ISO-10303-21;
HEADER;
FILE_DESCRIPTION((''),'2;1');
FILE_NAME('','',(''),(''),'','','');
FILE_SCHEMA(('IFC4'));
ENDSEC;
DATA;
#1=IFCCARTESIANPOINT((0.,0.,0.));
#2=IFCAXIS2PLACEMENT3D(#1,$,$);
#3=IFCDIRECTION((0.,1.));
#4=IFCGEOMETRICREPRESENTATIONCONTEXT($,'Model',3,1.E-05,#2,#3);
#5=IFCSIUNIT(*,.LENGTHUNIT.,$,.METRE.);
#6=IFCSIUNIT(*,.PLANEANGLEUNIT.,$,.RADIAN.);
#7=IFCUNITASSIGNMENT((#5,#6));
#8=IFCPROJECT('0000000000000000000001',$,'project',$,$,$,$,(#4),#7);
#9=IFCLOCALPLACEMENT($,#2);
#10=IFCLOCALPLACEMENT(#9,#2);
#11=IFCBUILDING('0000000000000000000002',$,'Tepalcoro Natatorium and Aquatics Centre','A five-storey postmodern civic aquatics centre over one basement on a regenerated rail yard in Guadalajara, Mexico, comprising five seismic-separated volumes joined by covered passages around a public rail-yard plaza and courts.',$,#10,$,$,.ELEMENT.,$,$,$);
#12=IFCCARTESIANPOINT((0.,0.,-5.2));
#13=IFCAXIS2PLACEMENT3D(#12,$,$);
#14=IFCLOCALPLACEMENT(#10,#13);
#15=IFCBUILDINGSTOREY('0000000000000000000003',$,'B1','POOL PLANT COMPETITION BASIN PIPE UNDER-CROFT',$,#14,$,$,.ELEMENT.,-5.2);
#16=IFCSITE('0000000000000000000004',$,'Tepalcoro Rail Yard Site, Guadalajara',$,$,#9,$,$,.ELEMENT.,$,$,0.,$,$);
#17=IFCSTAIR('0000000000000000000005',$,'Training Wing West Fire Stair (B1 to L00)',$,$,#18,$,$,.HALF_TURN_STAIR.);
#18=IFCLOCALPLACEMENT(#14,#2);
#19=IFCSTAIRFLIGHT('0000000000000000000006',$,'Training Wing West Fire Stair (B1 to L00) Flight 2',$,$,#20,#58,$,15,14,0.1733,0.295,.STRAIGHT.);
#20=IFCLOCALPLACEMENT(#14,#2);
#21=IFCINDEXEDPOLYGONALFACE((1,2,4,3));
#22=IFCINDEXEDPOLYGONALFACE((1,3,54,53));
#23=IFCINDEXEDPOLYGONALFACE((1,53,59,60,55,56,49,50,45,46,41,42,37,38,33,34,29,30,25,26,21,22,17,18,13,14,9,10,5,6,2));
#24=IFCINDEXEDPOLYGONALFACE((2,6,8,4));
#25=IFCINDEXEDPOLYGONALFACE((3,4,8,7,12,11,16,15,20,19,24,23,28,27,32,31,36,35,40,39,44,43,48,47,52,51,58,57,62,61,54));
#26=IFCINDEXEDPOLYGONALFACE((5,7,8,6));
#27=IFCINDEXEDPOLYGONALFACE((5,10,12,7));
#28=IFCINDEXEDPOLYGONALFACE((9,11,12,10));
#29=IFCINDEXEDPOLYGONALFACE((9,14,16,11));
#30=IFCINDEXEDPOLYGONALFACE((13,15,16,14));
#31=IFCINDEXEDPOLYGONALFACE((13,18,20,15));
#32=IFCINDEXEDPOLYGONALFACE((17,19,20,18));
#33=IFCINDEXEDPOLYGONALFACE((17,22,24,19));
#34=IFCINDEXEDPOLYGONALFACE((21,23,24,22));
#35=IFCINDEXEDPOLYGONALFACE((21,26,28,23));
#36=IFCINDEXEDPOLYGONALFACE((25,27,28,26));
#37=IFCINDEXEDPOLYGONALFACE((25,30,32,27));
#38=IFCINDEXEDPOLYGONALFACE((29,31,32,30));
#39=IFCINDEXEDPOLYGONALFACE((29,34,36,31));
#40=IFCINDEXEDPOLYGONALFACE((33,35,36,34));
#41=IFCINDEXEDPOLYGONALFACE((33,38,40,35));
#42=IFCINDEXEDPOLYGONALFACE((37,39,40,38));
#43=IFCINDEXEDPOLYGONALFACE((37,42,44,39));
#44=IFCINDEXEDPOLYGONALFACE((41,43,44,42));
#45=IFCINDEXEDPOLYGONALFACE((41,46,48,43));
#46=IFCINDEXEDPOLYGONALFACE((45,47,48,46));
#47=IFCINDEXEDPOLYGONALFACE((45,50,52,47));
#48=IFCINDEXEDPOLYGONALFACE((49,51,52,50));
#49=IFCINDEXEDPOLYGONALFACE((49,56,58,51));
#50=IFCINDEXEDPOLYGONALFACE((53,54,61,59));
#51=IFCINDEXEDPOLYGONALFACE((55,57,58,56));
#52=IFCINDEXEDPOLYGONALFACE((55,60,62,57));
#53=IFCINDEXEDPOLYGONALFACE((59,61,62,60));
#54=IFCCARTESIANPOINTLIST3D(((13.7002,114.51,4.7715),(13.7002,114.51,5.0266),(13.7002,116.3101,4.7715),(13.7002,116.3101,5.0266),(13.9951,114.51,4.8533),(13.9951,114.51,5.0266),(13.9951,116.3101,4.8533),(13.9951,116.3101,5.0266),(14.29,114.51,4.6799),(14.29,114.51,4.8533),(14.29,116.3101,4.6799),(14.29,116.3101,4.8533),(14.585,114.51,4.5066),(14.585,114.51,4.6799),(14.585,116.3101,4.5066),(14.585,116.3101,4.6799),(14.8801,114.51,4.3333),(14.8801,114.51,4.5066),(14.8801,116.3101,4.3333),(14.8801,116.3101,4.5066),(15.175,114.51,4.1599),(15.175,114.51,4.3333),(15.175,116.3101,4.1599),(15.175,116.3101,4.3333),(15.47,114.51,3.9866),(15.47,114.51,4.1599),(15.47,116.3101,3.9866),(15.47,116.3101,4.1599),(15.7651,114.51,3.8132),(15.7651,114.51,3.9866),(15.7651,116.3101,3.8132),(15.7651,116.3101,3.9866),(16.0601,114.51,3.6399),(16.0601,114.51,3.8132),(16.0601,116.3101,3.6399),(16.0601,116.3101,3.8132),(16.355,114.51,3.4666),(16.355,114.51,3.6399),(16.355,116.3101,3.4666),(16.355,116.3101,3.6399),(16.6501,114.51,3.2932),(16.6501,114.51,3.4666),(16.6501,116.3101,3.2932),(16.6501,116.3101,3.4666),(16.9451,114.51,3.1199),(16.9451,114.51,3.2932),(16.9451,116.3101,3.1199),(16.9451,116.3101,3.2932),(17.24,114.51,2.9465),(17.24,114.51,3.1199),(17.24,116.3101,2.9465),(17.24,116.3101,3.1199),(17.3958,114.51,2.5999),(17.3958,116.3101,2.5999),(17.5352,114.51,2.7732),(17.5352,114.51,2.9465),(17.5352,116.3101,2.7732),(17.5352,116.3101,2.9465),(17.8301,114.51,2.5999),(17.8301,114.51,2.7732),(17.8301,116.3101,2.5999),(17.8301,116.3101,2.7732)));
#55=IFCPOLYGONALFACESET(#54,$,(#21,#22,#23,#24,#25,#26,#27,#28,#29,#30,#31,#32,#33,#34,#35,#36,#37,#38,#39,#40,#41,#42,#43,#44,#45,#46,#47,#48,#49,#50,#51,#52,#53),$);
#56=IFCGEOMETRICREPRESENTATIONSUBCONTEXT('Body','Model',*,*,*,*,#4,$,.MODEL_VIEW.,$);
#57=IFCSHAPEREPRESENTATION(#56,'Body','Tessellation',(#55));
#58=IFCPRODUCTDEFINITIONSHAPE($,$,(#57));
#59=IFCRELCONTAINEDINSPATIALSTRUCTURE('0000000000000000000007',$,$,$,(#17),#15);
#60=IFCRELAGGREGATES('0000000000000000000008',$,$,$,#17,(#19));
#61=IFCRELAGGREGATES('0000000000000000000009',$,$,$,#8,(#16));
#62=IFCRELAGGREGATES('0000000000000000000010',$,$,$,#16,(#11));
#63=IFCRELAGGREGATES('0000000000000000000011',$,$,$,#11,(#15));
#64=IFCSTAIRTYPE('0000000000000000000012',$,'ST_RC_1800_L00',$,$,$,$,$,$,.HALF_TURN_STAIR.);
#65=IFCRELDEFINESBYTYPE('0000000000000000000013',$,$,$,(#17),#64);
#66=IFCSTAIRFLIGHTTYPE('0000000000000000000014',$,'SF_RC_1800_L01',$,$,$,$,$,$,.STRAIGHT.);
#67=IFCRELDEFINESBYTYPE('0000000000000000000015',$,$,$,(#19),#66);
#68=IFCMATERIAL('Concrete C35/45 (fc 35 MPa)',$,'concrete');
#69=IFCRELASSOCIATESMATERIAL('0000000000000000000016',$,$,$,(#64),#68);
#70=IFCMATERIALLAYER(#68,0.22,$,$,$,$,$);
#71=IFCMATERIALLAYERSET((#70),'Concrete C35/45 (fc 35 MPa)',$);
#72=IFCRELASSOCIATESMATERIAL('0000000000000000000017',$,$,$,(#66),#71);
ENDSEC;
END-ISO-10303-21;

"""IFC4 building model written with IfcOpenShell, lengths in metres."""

from ifc_helpers import new_model, si_unit, direction, frame, origin, place, context, subcontext, project, spatial, polyline, outline, extrude, material, layer, layer_set, type_object, element, aggregate, save


model = new_model("IFC4")

# Units and contexts
model_context = context("Model", 3, precision=1e-05, world=origin(), true_north=direction((0.0, 1.0)))
body_context = subcontext(model_context, "Body", "Model", "MODEL_VIEW")
ifc_project = project(units=[si_unit("LENGTHUNIT", "METRE"), si_unit("PLANEANGLEUNIT", "RADIAN")], contexts=[model_context])

# Site, building, storey
site_placement = place(None, origin())
site = spatial("IfcSite", under=ifc_project, at=site_placement, Name="Tepalcoro Rail Yard Site, Guadalajara", CompositionType="ELEMENT", RefElevation=0.0)
building_placement = place(site_placement, origin())
building = spatial("IfcBuilding", under=site, at=building_placement, Name="Tepalcoro Natatorium and Aquatics Centre", Description="A five-storey postmodern civic aquatics centre over one basement on a regenerated rail yard in Guadalajara, Mexico, comprising five seismic-separated volumes joined by covered passages around a public rail-yard plaza and courts.", CompositionType="ELEMENT")
storey_placement = place(building_placement, frame((0.0, 0.0, -5.2)))
storey = spatial("IfcBuildingStorey", under=building, at=storey_placement, Name="B1", Description="POOL PLANT COMPETITION BASIN PIPE UNDER-CROFT", CompositionType="ELEMENT", Elevation=-5.2)

# Shared definitions
ifc_material_1 = material(Name="Concrete C35/45 (fc 35 MPa)", Category="concrete")

# Stair, stair flight
stair_type = type_object("IfcStairType", Name="ST_RC_1800_L00", PredefinedType="HALF_TURN_STAIR", material=ifc_material_1)
stair_placement = place(storey_placement, origin())
stair = element("IfcStair", 1, at=stair_placement, inside=storey, type_object=stair_type, Name="Training Wing West Fire Stair (B1 to L00)", PredefinedType="HALF_TURN_STAIR")
ifc_layer_1 = layer(ifc_material_1, 0.22)
ifc_layer_set_1 = layer_set([ifc_layer_1], Name="Concrete C35/45 (fc 35 MPa)")
stair_flight_type = type_object("IfcStairFlightType", Name="SF_RC_1800_L01", PredefinedType="STRAIGHT", material=ifc_layer_set_1)
stair_flight_1_placement = place(storey_placement, frame((17.8301, 115.4099, 2.5999), z_axis=(0.0, 0.0, 1.0), x_axis=(-1.0, 0.0, 0.0)))
stair_flight_1 = element("IfcStairFlight", 2, at=stair_flight_1_placement, type_object=stair_flight_type, Name="Training Wing West Fire Stair (B1 to L00) Flight 2", NumberOfRisers=15, NumberOfTreads=14, PredefinedType="STRAIGHT", RiserHeight=0.1733, TreadLength=0.295, context=body_context, shape_type="SweptSolid", body=[
    extrude(outline(polyline([(0.0, 0.0), (0.0, 0.1733), (0.2949, 0.1733), (0.2949, 0.3467), (0.5901, 0.3467), (0.5901, 0.52), (0.885, 0.52), (0.885, 0.6934), (1.1799, 0.6934), (1.1799, 0.8667), (1.4751, 0.8667), (1.4751, 1.04), (1.77, 1.04), (1.77, 1.2134), (2.0649, 1.2134), (2.0649, 1.3867), (2.3601, 1.3867), (2.3601, 1.5601), (2.655, 1.5601), (2.655, 1.7334), (2.95, 1.7334), (2.95, 1.9067), (3.2451, 1.9067), (3.2451, 2.0801), (3.54, 2.0801), (3.54, 2.2534), (3.835, 2.2534), (3.835, 2.4268), (4.1299, 2.4268), (4.1299, 2.6001), (4.1299, 2.1716), (0.4343, 0.0), (0.0, 0.0)])), frame((0.0, 0.8999, 0.0), z_axis=(0.0, -1.0, 0.0), x_axis=(1.0, 0.0, 0.0)), (0.0, 0.0, 1.0), 1.8),
])
aggregate(stair, [stair_flight_1])

save(model, "model.ifc")
